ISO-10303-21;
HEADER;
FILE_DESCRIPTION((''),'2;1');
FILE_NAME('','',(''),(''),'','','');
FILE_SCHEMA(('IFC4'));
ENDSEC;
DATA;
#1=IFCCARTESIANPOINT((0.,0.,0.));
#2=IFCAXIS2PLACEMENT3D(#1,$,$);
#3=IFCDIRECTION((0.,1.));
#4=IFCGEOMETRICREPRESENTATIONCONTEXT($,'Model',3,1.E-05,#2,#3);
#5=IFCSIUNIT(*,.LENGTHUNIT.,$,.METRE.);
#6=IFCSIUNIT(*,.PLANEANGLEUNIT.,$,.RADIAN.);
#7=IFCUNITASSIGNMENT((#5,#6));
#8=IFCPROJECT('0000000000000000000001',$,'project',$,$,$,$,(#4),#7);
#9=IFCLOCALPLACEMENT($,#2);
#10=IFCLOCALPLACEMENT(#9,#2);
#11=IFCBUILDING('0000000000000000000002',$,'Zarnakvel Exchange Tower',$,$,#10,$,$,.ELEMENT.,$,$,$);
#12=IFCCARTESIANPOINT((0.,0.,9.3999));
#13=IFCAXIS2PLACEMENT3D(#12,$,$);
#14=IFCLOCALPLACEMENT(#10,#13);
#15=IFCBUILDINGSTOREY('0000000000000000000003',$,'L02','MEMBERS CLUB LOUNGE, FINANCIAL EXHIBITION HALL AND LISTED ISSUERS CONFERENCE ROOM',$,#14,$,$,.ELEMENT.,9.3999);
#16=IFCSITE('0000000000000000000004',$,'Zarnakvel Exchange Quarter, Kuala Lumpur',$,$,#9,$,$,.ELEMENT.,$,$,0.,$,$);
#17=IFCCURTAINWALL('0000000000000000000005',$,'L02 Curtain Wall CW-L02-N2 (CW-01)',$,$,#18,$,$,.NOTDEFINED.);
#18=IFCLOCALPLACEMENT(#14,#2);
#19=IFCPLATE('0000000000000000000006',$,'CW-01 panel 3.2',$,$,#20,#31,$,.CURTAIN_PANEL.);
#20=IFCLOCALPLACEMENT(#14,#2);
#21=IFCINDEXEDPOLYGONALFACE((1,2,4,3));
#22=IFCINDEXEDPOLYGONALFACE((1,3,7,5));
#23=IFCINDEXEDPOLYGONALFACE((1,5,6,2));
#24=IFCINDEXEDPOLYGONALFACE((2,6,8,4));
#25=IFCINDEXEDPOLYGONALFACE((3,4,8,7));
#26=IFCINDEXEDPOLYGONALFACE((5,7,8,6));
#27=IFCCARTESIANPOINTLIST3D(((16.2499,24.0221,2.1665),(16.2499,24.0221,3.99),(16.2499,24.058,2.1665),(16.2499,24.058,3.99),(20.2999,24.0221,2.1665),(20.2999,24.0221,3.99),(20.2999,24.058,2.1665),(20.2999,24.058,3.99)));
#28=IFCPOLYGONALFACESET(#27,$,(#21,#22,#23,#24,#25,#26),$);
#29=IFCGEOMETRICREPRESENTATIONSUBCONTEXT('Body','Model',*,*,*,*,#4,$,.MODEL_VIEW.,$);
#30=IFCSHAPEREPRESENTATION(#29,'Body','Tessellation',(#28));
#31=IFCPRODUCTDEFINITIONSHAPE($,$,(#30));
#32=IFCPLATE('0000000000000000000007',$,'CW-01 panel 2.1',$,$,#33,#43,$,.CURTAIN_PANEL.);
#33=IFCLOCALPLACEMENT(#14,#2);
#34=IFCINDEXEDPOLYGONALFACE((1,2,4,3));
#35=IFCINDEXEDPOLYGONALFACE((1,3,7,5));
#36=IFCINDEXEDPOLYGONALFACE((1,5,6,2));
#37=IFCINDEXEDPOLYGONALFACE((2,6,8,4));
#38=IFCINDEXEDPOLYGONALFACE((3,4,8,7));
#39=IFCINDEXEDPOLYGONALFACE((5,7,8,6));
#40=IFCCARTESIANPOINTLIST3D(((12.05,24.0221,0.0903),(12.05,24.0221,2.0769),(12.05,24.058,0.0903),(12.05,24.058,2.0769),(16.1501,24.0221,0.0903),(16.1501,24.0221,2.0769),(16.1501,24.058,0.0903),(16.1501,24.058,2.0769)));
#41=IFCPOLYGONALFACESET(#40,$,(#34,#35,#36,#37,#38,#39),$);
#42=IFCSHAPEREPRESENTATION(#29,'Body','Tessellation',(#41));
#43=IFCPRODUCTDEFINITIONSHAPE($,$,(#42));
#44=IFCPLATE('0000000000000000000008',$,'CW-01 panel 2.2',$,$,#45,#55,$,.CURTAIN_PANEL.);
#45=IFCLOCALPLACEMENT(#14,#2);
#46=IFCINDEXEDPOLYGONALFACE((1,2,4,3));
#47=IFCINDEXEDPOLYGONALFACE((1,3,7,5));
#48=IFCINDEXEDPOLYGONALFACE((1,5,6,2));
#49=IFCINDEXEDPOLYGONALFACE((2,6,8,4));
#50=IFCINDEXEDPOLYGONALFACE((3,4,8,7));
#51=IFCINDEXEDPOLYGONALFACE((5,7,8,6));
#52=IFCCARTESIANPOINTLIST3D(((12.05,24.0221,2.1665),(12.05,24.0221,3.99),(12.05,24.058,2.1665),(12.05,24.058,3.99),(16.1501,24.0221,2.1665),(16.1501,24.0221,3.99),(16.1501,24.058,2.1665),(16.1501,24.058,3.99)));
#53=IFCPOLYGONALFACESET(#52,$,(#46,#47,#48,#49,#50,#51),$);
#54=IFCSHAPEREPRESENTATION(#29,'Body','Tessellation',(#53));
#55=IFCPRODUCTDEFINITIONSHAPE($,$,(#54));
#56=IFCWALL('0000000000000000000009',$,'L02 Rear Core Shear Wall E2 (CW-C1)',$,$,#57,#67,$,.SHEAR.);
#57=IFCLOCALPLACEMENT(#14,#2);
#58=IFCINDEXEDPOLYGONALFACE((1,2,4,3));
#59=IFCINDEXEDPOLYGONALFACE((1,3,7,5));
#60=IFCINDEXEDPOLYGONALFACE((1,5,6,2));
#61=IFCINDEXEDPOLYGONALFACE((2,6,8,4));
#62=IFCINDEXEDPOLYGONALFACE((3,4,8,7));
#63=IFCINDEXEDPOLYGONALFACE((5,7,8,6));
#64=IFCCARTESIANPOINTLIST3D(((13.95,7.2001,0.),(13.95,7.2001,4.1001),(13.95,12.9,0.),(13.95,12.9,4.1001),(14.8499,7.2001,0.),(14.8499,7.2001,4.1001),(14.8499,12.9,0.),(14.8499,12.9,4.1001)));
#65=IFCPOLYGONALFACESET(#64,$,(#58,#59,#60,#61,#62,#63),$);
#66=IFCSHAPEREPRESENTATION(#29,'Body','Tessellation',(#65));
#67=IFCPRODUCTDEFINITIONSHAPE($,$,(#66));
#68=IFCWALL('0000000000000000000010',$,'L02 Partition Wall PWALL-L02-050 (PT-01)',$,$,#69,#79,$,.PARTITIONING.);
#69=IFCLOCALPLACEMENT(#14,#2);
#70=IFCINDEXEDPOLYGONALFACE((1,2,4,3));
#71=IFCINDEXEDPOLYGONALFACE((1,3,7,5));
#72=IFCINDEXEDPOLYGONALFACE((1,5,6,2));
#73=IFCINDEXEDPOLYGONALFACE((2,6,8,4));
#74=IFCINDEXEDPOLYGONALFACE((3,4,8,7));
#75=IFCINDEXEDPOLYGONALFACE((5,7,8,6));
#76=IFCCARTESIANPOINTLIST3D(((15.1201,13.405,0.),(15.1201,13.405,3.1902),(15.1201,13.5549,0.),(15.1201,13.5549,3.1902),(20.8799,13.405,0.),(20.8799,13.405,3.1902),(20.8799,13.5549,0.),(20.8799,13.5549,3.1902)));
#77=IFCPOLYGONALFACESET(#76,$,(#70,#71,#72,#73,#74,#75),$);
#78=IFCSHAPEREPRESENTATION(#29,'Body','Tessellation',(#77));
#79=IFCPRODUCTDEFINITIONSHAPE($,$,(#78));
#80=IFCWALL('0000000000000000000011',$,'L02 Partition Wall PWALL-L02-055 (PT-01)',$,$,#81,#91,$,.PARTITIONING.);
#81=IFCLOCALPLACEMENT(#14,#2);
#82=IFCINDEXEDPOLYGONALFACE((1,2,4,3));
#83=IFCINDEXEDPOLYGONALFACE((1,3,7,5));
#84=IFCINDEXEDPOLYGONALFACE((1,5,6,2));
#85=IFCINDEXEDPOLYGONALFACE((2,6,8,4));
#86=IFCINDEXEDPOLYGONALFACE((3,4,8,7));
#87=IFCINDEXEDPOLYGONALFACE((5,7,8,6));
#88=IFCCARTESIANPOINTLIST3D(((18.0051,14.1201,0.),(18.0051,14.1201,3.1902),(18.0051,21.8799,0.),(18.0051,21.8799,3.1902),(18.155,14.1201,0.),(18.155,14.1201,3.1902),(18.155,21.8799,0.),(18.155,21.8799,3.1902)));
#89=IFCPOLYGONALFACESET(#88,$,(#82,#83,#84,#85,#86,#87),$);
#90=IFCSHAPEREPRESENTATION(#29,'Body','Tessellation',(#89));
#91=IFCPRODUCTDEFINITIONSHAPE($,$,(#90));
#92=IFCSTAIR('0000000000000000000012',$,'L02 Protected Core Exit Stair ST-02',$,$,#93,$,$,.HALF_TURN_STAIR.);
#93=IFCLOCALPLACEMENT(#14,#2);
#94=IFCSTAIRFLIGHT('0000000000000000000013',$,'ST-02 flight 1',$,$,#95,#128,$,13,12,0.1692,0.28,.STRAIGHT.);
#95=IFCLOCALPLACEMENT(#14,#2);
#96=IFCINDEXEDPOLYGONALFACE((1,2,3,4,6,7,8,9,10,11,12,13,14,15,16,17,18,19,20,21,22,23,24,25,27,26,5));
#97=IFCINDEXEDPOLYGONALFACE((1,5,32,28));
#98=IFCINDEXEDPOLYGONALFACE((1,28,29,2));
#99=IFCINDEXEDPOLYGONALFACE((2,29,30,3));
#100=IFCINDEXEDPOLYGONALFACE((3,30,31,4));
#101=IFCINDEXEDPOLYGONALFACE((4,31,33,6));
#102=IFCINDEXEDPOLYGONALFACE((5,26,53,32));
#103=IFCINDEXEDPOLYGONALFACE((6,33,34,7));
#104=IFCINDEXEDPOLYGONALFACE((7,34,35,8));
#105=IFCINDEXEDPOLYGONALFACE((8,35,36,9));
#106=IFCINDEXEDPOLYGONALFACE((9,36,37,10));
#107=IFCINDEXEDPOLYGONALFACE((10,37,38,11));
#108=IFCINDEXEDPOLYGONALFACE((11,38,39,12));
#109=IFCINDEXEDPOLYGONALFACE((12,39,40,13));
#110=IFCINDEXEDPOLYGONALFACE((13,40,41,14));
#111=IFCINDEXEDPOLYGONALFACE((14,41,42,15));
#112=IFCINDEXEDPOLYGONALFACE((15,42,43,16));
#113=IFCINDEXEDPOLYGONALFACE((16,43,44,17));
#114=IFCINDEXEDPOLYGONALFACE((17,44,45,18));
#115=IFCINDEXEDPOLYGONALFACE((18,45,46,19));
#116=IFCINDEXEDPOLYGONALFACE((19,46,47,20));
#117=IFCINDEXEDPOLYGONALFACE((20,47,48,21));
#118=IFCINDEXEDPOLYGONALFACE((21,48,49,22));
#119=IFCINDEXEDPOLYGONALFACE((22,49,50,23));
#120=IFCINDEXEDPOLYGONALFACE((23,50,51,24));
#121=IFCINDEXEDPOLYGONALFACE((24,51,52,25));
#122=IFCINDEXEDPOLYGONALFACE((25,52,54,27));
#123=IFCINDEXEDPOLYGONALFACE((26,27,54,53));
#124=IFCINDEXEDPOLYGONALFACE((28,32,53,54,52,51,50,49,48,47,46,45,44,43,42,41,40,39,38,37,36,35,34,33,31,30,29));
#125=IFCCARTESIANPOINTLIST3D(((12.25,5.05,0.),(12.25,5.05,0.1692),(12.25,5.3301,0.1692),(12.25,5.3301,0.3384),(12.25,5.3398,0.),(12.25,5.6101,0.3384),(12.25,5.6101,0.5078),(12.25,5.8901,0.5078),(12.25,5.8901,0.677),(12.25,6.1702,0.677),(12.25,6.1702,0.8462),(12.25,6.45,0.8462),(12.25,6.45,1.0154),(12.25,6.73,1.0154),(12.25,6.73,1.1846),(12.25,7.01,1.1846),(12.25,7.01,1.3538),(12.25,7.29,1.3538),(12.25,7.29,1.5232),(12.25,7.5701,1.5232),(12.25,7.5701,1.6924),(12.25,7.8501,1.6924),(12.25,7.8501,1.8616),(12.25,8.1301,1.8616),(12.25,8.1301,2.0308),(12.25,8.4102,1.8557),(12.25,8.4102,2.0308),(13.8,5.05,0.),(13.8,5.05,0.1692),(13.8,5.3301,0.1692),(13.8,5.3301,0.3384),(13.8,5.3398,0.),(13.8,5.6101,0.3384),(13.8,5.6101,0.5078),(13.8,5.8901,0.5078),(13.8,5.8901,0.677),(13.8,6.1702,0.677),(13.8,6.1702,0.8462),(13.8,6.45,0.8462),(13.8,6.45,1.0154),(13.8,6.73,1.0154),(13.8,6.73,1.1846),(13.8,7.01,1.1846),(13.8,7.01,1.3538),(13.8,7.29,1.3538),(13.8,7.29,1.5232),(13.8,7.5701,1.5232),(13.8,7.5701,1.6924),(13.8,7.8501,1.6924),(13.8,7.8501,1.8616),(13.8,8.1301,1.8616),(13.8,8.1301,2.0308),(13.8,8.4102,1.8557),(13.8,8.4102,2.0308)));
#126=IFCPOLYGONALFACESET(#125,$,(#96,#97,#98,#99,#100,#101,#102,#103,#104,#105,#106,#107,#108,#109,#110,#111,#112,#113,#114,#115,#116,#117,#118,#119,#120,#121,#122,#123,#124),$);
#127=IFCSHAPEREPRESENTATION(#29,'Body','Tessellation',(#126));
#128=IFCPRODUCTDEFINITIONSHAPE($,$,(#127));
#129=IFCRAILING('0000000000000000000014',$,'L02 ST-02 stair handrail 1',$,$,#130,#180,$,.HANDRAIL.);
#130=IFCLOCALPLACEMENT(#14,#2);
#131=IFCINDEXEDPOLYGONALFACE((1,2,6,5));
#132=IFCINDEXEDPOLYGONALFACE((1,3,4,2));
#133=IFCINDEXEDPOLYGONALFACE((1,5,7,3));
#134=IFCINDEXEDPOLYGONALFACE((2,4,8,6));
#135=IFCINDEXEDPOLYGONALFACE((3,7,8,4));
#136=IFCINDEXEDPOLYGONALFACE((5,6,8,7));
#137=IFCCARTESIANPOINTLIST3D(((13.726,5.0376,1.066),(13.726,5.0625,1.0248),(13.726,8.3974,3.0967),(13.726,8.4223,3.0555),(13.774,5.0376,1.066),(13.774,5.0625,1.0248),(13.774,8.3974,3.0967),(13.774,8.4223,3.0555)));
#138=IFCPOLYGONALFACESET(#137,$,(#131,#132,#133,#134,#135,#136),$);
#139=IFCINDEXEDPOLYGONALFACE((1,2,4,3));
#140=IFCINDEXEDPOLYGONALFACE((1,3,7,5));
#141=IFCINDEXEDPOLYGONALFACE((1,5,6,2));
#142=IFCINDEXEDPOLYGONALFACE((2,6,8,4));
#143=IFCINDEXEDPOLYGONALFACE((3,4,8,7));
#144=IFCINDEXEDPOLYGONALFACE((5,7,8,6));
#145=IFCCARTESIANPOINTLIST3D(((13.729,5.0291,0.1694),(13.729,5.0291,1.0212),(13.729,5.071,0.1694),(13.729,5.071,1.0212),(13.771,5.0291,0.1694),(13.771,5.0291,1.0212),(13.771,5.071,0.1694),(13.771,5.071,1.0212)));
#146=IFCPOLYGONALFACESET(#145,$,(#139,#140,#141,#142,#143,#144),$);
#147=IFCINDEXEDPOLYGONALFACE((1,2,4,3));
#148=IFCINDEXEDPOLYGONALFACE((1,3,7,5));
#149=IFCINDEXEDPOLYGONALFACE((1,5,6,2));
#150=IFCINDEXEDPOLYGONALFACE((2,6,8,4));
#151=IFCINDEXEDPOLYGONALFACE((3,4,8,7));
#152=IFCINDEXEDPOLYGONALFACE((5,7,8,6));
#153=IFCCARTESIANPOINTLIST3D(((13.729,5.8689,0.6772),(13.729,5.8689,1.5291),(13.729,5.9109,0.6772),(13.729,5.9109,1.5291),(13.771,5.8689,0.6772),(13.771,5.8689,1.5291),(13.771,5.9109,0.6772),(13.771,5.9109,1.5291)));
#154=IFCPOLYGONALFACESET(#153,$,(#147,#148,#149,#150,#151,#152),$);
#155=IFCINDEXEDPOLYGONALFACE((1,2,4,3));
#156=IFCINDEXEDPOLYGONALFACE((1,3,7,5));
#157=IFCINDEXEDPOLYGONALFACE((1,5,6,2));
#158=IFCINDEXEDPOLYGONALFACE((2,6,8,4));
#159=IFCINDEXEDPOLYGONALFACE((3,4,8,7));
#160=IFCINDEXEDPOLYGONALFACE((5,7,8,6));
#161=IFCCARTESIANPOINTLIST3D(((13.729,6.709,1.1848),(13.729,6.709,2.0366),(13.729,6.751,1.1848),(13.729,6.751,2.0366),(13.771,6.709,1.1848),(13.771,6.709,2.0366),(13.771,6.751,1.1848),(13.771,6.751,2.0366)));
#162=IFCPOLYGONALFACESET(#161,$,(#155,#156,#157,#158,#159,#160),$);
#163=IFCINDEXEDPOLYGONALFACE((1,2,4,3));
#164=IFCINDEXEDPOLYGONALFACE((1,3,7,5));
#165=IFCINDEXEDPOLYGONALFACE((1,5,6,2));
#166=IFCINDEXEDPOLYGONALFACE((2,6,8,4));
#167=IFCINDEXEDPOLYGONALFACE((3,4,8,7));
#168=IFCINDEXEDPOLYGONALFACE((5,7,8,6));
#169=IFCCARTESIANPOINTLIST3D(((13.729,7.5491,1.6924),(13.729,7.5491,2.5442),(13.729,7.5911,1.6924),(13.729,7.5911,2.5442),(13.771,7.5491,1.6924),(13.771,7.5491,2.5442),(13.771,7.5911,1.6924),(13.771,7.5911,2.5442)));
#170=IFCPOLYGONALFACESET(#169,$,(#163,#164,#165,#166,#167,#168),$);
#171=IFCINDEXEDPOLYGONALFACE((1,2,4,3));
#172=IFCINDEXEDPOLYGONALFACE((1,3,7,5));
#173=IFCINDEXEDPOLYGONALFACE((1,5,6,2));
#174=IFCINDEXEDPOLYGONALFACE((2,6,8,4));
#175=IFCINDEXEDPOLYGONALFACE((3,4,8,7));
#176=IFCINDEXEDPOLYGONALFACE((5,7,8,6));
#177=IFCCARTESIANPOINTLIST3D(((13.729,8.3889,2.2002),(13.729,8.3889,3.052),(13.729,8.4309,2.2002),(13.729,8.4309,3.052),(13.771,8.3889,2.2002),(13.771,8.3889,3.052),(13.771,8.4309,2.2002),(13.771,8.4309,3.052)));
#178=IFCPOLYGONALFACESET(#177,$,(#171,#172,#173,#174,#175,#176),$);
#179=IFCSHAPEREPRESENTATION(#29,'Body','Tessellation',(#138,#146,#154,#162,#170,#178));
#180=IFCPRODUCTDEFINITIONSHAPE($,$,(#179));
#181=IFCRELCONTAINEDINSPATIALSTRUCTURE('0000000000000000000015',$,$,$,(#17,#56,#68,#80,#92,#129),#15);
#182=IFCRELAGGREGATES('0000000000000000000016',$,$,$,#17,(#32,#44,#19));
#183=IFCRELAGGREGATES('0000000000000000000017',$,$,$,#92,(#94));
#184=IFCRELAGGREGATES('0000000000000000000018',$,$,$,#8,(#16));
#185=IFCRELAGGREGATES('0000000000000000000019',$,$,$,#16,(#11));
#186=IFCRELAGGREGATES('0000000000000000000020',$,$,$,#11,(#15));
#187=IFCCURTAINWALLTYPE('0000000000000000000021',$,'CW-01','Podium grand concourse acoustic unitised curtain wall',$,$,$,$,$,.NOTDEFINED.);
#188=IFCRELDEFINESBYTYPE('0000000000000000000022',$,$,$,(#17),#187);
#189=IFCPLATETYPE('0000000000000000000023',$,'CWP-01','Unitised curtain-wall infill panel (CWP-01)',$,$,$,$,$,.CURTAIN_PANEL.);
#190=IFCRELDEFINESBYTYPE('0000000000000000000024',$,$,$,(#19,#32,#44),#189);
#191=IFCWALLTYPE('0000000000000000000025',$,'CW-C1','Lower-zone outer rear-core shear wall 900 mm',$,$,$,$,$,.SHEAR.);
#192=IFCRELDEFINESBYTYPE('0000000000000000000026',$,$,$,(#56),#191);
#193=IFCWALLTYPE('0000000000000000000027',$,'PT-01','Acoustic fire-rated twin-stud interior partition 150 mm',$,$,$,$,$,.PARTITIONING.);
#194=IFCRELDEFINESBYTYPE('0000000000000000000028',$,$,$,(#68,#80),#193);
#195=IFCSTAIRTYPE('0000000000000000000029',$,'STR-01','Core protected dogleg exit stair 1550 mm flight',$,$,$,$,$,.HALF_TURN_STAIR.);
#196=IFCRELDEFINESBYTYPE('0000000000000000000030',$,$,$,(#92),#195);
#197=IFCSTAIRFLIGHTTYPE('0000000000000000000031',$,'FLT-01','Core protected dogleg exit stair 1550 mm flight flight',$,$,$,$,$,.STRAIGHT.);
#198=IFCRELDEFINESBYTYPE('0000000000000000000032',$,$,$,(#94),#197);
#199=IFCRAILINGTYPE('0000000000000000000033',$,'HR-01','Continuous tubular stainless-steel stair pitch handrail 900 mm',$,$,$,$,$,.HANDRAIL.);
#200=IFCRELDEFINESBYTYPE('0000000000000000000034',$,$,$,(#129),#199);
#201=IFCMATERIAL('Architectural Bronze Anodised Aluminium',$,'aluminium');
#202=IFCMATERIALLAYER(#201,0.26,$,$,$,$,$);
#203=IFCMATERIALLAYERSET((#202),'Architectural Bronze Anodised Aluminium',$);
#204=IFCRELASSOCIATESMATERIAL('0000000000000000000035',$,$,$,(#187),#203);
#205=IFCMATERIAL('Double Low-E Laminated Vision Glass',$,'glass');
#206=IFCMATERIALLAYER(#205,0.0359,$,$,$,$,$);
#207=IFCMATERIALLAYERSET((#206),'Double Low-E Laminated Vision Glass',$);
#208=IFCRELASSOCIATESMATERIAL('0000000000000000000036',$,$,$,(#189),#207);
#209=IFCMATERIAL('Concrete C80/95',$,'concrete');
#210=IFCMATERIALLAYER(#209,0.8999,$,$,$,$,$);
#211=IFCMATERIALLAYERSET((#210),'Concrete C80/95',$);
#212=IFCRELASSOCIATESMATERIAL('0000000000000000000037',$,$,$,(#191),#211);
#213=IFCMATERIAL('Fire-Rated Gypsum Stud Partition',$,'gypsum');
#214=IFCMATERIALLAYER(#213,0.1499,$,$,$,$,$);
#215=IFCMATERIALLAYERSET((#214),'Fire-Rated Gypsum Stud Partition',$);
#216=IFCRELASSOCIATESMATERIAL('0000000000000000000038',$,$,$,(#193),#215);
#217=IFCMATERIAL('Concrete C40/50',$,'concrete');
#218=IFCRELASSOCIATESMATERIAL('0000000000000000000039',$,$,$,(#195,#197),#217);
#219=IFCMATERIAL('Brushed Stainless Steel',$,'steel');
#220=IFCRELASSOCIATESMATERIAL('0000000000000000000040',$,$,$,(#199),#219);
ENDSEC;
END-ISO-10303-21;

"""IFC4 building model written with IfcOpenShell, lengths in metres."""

from ifc_helpers import new_model, si_unit, direction, frame, frame_2d, origin, origin_2d, place, context, subcontext, project, spatial, polyline, rectangle, outline, extrude, source, transform, mapped, material, layer, layer_set, type_object, element, aggregate, save


model = new_model("IFC4")

# Units and contexts
model_context = context("Model", 3, precision=1e-05, world=origin(), true_north=direction((0.0, 1.0)))
body_context = subcontext(model_context, "Body", "Model", "MODEL_VIEW")
ifc_project = project(units=[si_unit("LENGTHUNIT", "METRE"), si_unit("PLANEANGLEUNIT", "RADIAN")], contexts=[model_context])

# Site, building, storey
site_placement = place(None, origin())
site = spatial("IfcSite", under=ifc_project, at=site_placement, Name="Zarnakvel Exchange Quarter, Kuala Lumpur", CompositionType="ELEMENT", RefElevation=0.0)
building_placement = place(site_placement, origin())
building = spatial("IfcBuilding", under=site, at=building_placement, Name="Zarnakvel Exchange Tower", CompositionType="ELEMENT")
storey_placement = place(building_placement, frame((0.0, 0.0, 9.3999)))
storey = spatial("IfcBuildingStorey", under=building, at=storey_placement, Name="L02", Description="MEMBERS CLUB LOUNGE, FINANCIAL EXHIBITION HALL AND LISTED ISSUERS CONFERENCE ROOM", CompositionType="ELEMENT", Elevation=9.3999)

# Shared definitions
ifc_material_1 = material(Name="Concrete C80/95", Category="concrete")

# Curtain wall, plates
ifc_material_2 = material(Name="Architectural Bronze Anodised Aluminium", Category="aluminium")
ifc_layer_1 = layer(ifc_material_2, 0.26)
ifc_layer_set_1 = layer_set([ifc_layer_1], Name="Architectural Bronze Anodised Aluminium")
curtain_wall_type = type_object("IfcCurtainWallType", Name="CW-01", Description="Podium grand concourse acoustic unitised curtain wall", PredefinedType="NOTDEFINED", material=ifc_layer_set_1)
curtain_wall_placement = place(storey_placement, origin())
curtain_wall = element("IfcCurtainWall", 1, at=curtain_wall_placement, inside=storey, type_object=curtain_wall_type, Name="L02 Curtain Wall CW-L02-N2 (CW-01)", PredefinedType="NOTDEFINED")
ifc_material_3 = material(Name="Double Low-E Laminated Vision Glass", Category="glass")
ifc_layer_2 = layer(ifc_material_3, 0.0359)
ifc_layer_set_2 = layer_set([ifc_layer_2], Name="Double Low-E Laminated Vision Glass")
plate_type = type_object("IfcPlateType", Name="CWP-01", Description="Unitised curtain-wall infill panel (CWP-01)", PredefinedType="CURTAIN_PANEL", material=ifc_layer_set_2)
shared_shape_1 = source(origin(), body_context, "Body", "SweptSolid", [
    extrude(rectangle(XDim=4.05, YDim=0.0359, at=origin_2d()), origin(), (0.0, 0.0, 1.0), 1.8235),
])
plate_1_placement = place(storey_placement, frame((18.2749, 24.04, 2.1665), z_axis=(0.0, 0.0, 1.0), x_axis=(1.0, 0.0, 0.0)))
plate_1 = element("IfcPlate", 2, at=plate_1_placement, type_object=plate_type, Name="CW-01 panel 3.2", PredefinedType="CURTAIN_PANEL", context=body_context, shape_type="MappedRepresentation", body=[
    mapped(shared_shape_1, transform((0.0, 0.0, 0.0), x_axis=(1.0, 0.0, 0.0), y_axis=(0.0, 1.0, 0.0), z_axis=(0.0, 0.0, 1.0), scale=1.0)),
])
shared_shape_2 = source(origin(), body_context, "Body", "SweptSolid", [
    extrude(rectangle(XDim=4.1001, YDim=0.0359, at=origin_2d()), origin(), (0.0, 0.0, 1.0), 1.9866),
])
plate_2_placement = place(storey_placement, frame((14.1001, 24.04, 0.0903), z_axis=(0.0, 0.0, 1.0), x_axis=(1.0, 0.0, 0.0)))
plate_2 = element("IfcPlate", 3, at=plate_2_placement, type_object=plate_type, Name="CW-01 panel 2.1", PredefinedType="CURTAIN_PANEL", context=body_context, shape_type="MappedRepresentation", body=[
    mapped(shared_shape_2, transform((0.0, 0.0, 0.0), x_axis=(1.0, 0.0, 0.0), y_axis=(0.0, 1.0, 0.0), z_axis=(0.0, 0.0, 1.0), scale=1.0)),
])
shared_shape_3 = source(origin(), body_context, "Body", "SweptSolid", [
    extrude(rectangle(XDim=4.1001, YDim=0.0359, at=origin_2d()), origin(), (0.0, 0.0, 1.0), 1.8235),
])
plate_3_placement = place(storey_placement, frame((14.1001, 24.04, 2.1665), z_axis=(0.0, 0.0, 1.0), x_axis=(1.0, 0.0, 0.0)))
plate_3 = element("IfcPlate", 4, at=plate_3_placement, type_object=plate_type, Name="CW-01 panel 2.2", PredefinedType="CURTAIN_PANEL", context=body_context, shape_type="MappedRepresentation", body=[
    mapped(shared_shape_3, transform((0.0, 0.0, 0.0), x_axis=(1.0, 0.0, 0.0), y_axis=(0.0, 1.0, 0.0), z_axis=(0.0, 0.0, 1.0), scale=1.0)),
])
aggregate(curtain_wall, [plate_2, plate_3, plate_1])

# Walls
ifc_layer_3 = layer(ifc_material_1, 0.8999)
ifc_layer_set_3 = layer_set([ifc_layer_3], Name="Concrete C80/95")
wall_type_1 = type_object("IfcWallType", Name="CW-C1", Description="Lower-zone outer rear-core shear wall 900 mm", PredefinedType="SHEAR", material=ifc_layer_set_3)
wall_1_placement = place(storey_placement, frame((14.3999, 7.2, 0.0), z_axis=(0.0, 0.0, 1.0), x_axis=(0.0, 1.0, 0.0)))
element("IfcWall", 5, at=wall_1_placement, inside=storey, type_object=wall_type_1, Name="L02 Rear Core Shear Wall E2 (CW-C1)", PredefinedType="SHEAR", context=body_context, shape_type="SweptSolid", body=[
    extrude(rectangle(XDim=5.7, YDim=0.8999, at=frame_2d((2.8501, 0.0))), origin(), (0.0, 0.0, 1.0), 4.1001),
])
ifc_material_4 = material(Name="Fire-Rated Gypsum Stud Partition", Category="gypsum")
ifc_layer_4 = layer(ifc_material_4, 0.1499)
ifc_layer_set_4 = layer_set([ifc_layer_4], Name="Fire-Rated Gypsum Stud Partition")
wall_type_2 = type_object("IfcWallType", Name="PT-01", Description="Acoustic fire-rated twin-stud interior partition 150 mm", PredefinedType="PARTITIONING", material=ifc_layer_set_4)
wall_2_placement = place(storey_placement, frame((15.1201, 13.48, 0.0), z_axis=(0.0, 0.0, 1.0), x_axis=(1.0, 0.0, 0.0)))
element("IfcWall", 6, at=wall_2_placement, inside=storey, type_object=wall_type_2, Name="L02 Partition Wall PWALL-L02-050 (PT-01)", PredefinedType="PARTITIONING", context=body_context, shape_type="SweptSolid", body=[
    extrude(rectangle(XDim=5.7598, YDim=0.1499, at=frame_2d((2.8799, 0.0))), origin(), (0.0, 0.0, 1.0), 3.1902),
])
wall_3_placement = place(storey_placement, frame((18.0801, 21.8799, 0.0), z_axis=(0.0, 0.0, 1.0), x_axis=(0.0, -1.0, 0.0)))
element("IfcWall", 7, at=wall_3_placement, inside=storey, type_object=wall_type_2, Name="L02 Partition Wall PWALL-L02-055 (PT-01)", PredefinedType="PARTITIONING", context=body_context, shape_type="SweptSolid", body=[
    extrude(rectangle(XDim=7.7598, YDim=0.1499, at=frame_2d((3.8799, 0.0))), origin(), (0.0, 0.0, 1.0), 3.1902),
])

# Shared definitions
ifc_material_5 = material(Name="Concrete C40/50", Category="concrete")

# Stair, stair flight
stair_type = type_object("IfcStairType", Name="STR-01", Description="Core protected dogleg exit stair 1550 mm flight", PredefinedType="HALF_TURN_STAIR", material=ifc_material_5)
stair_placement = place(storey_placement, origin())
stair = element("IfcStair", 8, at=stair_placement, inside=storey, type_object=stair_type, Name="L02 Protected Core Exit Stair ST-02", PredefinedType="HALF_TURN_STAIR")
stair_flight_type = type_object("IfcStairFlightType", Name="FLT-01", Description="Core protected dogleg exit stair 1550 mm flight flight", PredefinedType="STRAIGHT", material=ifc_material_5)
stair_flight_placement = place(storey_placement, frame((13.0249, 5.05, 0.0), z_axis=(0.0, 0.0, 1.0), x_axis=(0.0, 1.0, 0.0)))
stair_flight = element("IfcStairFlight", 9, at=stair_flight_placement, type_object=stair_flight_type, Name="ST-02 flight 1", NumberOfRisers=13, NumberOfTreads=12, PredefinedType="STRAIGHT", RiserHeight=0.1692, TreadLength=0.28, context=body_context, shape_type="SweptSolid", body=[
    extrude(outline(polyline([(0.0, 0.0), (0.0, 0.1692), (0.28, 0.1692), (0.28, 0.3384), (0.5601, 0.3384), (0.5601, 0.5078), (0.8401, 0.5078), (0.8401, 0.677), (1.1201, 0.677), (1.1201, 0.8462), (1.3999, 0.8462), (1.3999, 1.0154), (1.6799, 1.0154), (1.6799, 1.1846), (1.96, 1.1846), (1.96, 1.3538), (2.24, 1.3538), (2.24, 1.5232), (2.52, 1.5232), (2.52, 1.6924), (2.8, 1.6924), (2.8, 1.8616), (3.0801, 1.8616), (3.0801, 2.0308), (3.3601, 2.0308), (3.3601, 2.2), (3.3601, 1.8557), (0.2898, 0.0), (0.0, 0.0)])), frame((0.0, 0.7749, 0.0), z_axis=(0.0, -1.0, 0.0), x_axis=(1.0, 0.0, 0.0)), (0.0, 0.0, 1.0), 1.55),
])
aggregate(stair, [stair_flight])

# Railing
ifc_material_6 = material(Name="Brushed Stainless Steel", Category="steel")
railing_type_1 = type_object("IfcRailingType", Name="HR-01", Description="Continuous tubular stainless-steel stair pitch handrail 900 mm", PredefinedType="HANDRAIL", material=ifc_material_6)
railing_1_placement = place(storey_placement, frame((13.75, 5.05, 0.1694)))
element("IfcRailing", 10, at=railing_1_placement, inside=storey, type_object=railing_type_1, Name="L02 ST-02 stair handrail 1", PredefinedType="HANDRAIL", context=body_context, shape_type="SweptSolid", body=[
    extrude(rectangle(XDim=0.0481, YDim=0.0481, at=origin_2d()), frame((0.0, 0.0, 0.876), z_axis=(0.0, 0.85582, 0.517273), x_axis=(-1.0, 0.0, 0.0)), (0.0, 0.0, 1.0), 3.9258),
    extrude(rectangle(XDim=0.042, YDim=0.042, at=origin_2d()), origin(), (0.0, 0.0, 1.0), 0.8518),
    extrude(rectangle(XDim=0.042, YDim=0.042, at=origin_2d()), frame((0.0, 0.8398, 0.5078)), (0.0, 0.0, 1.0), 0.8518),
    extrude(rectangle(XDim=0.042, YDim=0.042, at=origin_2d()), frame((0.0, 1.6799, 1.0154)), (0.0, 0.0, 1.0), 0.8518),
    extrude(rectangle(XDim=0.042, YDim=0.042, at=origin_2d()), frame((0.0, 2.52, 1.5229)), (0.0, 0.0, 1.0), 0.8518),
    extrude(rectangle(XDim=0.042, YDim=0.042, at=origin_2d()), frame((0.0, 3.3599, 2.0308)), (0.0, 0.0, 1.0), 0.8518),
])

save(model, "model.ifc")
